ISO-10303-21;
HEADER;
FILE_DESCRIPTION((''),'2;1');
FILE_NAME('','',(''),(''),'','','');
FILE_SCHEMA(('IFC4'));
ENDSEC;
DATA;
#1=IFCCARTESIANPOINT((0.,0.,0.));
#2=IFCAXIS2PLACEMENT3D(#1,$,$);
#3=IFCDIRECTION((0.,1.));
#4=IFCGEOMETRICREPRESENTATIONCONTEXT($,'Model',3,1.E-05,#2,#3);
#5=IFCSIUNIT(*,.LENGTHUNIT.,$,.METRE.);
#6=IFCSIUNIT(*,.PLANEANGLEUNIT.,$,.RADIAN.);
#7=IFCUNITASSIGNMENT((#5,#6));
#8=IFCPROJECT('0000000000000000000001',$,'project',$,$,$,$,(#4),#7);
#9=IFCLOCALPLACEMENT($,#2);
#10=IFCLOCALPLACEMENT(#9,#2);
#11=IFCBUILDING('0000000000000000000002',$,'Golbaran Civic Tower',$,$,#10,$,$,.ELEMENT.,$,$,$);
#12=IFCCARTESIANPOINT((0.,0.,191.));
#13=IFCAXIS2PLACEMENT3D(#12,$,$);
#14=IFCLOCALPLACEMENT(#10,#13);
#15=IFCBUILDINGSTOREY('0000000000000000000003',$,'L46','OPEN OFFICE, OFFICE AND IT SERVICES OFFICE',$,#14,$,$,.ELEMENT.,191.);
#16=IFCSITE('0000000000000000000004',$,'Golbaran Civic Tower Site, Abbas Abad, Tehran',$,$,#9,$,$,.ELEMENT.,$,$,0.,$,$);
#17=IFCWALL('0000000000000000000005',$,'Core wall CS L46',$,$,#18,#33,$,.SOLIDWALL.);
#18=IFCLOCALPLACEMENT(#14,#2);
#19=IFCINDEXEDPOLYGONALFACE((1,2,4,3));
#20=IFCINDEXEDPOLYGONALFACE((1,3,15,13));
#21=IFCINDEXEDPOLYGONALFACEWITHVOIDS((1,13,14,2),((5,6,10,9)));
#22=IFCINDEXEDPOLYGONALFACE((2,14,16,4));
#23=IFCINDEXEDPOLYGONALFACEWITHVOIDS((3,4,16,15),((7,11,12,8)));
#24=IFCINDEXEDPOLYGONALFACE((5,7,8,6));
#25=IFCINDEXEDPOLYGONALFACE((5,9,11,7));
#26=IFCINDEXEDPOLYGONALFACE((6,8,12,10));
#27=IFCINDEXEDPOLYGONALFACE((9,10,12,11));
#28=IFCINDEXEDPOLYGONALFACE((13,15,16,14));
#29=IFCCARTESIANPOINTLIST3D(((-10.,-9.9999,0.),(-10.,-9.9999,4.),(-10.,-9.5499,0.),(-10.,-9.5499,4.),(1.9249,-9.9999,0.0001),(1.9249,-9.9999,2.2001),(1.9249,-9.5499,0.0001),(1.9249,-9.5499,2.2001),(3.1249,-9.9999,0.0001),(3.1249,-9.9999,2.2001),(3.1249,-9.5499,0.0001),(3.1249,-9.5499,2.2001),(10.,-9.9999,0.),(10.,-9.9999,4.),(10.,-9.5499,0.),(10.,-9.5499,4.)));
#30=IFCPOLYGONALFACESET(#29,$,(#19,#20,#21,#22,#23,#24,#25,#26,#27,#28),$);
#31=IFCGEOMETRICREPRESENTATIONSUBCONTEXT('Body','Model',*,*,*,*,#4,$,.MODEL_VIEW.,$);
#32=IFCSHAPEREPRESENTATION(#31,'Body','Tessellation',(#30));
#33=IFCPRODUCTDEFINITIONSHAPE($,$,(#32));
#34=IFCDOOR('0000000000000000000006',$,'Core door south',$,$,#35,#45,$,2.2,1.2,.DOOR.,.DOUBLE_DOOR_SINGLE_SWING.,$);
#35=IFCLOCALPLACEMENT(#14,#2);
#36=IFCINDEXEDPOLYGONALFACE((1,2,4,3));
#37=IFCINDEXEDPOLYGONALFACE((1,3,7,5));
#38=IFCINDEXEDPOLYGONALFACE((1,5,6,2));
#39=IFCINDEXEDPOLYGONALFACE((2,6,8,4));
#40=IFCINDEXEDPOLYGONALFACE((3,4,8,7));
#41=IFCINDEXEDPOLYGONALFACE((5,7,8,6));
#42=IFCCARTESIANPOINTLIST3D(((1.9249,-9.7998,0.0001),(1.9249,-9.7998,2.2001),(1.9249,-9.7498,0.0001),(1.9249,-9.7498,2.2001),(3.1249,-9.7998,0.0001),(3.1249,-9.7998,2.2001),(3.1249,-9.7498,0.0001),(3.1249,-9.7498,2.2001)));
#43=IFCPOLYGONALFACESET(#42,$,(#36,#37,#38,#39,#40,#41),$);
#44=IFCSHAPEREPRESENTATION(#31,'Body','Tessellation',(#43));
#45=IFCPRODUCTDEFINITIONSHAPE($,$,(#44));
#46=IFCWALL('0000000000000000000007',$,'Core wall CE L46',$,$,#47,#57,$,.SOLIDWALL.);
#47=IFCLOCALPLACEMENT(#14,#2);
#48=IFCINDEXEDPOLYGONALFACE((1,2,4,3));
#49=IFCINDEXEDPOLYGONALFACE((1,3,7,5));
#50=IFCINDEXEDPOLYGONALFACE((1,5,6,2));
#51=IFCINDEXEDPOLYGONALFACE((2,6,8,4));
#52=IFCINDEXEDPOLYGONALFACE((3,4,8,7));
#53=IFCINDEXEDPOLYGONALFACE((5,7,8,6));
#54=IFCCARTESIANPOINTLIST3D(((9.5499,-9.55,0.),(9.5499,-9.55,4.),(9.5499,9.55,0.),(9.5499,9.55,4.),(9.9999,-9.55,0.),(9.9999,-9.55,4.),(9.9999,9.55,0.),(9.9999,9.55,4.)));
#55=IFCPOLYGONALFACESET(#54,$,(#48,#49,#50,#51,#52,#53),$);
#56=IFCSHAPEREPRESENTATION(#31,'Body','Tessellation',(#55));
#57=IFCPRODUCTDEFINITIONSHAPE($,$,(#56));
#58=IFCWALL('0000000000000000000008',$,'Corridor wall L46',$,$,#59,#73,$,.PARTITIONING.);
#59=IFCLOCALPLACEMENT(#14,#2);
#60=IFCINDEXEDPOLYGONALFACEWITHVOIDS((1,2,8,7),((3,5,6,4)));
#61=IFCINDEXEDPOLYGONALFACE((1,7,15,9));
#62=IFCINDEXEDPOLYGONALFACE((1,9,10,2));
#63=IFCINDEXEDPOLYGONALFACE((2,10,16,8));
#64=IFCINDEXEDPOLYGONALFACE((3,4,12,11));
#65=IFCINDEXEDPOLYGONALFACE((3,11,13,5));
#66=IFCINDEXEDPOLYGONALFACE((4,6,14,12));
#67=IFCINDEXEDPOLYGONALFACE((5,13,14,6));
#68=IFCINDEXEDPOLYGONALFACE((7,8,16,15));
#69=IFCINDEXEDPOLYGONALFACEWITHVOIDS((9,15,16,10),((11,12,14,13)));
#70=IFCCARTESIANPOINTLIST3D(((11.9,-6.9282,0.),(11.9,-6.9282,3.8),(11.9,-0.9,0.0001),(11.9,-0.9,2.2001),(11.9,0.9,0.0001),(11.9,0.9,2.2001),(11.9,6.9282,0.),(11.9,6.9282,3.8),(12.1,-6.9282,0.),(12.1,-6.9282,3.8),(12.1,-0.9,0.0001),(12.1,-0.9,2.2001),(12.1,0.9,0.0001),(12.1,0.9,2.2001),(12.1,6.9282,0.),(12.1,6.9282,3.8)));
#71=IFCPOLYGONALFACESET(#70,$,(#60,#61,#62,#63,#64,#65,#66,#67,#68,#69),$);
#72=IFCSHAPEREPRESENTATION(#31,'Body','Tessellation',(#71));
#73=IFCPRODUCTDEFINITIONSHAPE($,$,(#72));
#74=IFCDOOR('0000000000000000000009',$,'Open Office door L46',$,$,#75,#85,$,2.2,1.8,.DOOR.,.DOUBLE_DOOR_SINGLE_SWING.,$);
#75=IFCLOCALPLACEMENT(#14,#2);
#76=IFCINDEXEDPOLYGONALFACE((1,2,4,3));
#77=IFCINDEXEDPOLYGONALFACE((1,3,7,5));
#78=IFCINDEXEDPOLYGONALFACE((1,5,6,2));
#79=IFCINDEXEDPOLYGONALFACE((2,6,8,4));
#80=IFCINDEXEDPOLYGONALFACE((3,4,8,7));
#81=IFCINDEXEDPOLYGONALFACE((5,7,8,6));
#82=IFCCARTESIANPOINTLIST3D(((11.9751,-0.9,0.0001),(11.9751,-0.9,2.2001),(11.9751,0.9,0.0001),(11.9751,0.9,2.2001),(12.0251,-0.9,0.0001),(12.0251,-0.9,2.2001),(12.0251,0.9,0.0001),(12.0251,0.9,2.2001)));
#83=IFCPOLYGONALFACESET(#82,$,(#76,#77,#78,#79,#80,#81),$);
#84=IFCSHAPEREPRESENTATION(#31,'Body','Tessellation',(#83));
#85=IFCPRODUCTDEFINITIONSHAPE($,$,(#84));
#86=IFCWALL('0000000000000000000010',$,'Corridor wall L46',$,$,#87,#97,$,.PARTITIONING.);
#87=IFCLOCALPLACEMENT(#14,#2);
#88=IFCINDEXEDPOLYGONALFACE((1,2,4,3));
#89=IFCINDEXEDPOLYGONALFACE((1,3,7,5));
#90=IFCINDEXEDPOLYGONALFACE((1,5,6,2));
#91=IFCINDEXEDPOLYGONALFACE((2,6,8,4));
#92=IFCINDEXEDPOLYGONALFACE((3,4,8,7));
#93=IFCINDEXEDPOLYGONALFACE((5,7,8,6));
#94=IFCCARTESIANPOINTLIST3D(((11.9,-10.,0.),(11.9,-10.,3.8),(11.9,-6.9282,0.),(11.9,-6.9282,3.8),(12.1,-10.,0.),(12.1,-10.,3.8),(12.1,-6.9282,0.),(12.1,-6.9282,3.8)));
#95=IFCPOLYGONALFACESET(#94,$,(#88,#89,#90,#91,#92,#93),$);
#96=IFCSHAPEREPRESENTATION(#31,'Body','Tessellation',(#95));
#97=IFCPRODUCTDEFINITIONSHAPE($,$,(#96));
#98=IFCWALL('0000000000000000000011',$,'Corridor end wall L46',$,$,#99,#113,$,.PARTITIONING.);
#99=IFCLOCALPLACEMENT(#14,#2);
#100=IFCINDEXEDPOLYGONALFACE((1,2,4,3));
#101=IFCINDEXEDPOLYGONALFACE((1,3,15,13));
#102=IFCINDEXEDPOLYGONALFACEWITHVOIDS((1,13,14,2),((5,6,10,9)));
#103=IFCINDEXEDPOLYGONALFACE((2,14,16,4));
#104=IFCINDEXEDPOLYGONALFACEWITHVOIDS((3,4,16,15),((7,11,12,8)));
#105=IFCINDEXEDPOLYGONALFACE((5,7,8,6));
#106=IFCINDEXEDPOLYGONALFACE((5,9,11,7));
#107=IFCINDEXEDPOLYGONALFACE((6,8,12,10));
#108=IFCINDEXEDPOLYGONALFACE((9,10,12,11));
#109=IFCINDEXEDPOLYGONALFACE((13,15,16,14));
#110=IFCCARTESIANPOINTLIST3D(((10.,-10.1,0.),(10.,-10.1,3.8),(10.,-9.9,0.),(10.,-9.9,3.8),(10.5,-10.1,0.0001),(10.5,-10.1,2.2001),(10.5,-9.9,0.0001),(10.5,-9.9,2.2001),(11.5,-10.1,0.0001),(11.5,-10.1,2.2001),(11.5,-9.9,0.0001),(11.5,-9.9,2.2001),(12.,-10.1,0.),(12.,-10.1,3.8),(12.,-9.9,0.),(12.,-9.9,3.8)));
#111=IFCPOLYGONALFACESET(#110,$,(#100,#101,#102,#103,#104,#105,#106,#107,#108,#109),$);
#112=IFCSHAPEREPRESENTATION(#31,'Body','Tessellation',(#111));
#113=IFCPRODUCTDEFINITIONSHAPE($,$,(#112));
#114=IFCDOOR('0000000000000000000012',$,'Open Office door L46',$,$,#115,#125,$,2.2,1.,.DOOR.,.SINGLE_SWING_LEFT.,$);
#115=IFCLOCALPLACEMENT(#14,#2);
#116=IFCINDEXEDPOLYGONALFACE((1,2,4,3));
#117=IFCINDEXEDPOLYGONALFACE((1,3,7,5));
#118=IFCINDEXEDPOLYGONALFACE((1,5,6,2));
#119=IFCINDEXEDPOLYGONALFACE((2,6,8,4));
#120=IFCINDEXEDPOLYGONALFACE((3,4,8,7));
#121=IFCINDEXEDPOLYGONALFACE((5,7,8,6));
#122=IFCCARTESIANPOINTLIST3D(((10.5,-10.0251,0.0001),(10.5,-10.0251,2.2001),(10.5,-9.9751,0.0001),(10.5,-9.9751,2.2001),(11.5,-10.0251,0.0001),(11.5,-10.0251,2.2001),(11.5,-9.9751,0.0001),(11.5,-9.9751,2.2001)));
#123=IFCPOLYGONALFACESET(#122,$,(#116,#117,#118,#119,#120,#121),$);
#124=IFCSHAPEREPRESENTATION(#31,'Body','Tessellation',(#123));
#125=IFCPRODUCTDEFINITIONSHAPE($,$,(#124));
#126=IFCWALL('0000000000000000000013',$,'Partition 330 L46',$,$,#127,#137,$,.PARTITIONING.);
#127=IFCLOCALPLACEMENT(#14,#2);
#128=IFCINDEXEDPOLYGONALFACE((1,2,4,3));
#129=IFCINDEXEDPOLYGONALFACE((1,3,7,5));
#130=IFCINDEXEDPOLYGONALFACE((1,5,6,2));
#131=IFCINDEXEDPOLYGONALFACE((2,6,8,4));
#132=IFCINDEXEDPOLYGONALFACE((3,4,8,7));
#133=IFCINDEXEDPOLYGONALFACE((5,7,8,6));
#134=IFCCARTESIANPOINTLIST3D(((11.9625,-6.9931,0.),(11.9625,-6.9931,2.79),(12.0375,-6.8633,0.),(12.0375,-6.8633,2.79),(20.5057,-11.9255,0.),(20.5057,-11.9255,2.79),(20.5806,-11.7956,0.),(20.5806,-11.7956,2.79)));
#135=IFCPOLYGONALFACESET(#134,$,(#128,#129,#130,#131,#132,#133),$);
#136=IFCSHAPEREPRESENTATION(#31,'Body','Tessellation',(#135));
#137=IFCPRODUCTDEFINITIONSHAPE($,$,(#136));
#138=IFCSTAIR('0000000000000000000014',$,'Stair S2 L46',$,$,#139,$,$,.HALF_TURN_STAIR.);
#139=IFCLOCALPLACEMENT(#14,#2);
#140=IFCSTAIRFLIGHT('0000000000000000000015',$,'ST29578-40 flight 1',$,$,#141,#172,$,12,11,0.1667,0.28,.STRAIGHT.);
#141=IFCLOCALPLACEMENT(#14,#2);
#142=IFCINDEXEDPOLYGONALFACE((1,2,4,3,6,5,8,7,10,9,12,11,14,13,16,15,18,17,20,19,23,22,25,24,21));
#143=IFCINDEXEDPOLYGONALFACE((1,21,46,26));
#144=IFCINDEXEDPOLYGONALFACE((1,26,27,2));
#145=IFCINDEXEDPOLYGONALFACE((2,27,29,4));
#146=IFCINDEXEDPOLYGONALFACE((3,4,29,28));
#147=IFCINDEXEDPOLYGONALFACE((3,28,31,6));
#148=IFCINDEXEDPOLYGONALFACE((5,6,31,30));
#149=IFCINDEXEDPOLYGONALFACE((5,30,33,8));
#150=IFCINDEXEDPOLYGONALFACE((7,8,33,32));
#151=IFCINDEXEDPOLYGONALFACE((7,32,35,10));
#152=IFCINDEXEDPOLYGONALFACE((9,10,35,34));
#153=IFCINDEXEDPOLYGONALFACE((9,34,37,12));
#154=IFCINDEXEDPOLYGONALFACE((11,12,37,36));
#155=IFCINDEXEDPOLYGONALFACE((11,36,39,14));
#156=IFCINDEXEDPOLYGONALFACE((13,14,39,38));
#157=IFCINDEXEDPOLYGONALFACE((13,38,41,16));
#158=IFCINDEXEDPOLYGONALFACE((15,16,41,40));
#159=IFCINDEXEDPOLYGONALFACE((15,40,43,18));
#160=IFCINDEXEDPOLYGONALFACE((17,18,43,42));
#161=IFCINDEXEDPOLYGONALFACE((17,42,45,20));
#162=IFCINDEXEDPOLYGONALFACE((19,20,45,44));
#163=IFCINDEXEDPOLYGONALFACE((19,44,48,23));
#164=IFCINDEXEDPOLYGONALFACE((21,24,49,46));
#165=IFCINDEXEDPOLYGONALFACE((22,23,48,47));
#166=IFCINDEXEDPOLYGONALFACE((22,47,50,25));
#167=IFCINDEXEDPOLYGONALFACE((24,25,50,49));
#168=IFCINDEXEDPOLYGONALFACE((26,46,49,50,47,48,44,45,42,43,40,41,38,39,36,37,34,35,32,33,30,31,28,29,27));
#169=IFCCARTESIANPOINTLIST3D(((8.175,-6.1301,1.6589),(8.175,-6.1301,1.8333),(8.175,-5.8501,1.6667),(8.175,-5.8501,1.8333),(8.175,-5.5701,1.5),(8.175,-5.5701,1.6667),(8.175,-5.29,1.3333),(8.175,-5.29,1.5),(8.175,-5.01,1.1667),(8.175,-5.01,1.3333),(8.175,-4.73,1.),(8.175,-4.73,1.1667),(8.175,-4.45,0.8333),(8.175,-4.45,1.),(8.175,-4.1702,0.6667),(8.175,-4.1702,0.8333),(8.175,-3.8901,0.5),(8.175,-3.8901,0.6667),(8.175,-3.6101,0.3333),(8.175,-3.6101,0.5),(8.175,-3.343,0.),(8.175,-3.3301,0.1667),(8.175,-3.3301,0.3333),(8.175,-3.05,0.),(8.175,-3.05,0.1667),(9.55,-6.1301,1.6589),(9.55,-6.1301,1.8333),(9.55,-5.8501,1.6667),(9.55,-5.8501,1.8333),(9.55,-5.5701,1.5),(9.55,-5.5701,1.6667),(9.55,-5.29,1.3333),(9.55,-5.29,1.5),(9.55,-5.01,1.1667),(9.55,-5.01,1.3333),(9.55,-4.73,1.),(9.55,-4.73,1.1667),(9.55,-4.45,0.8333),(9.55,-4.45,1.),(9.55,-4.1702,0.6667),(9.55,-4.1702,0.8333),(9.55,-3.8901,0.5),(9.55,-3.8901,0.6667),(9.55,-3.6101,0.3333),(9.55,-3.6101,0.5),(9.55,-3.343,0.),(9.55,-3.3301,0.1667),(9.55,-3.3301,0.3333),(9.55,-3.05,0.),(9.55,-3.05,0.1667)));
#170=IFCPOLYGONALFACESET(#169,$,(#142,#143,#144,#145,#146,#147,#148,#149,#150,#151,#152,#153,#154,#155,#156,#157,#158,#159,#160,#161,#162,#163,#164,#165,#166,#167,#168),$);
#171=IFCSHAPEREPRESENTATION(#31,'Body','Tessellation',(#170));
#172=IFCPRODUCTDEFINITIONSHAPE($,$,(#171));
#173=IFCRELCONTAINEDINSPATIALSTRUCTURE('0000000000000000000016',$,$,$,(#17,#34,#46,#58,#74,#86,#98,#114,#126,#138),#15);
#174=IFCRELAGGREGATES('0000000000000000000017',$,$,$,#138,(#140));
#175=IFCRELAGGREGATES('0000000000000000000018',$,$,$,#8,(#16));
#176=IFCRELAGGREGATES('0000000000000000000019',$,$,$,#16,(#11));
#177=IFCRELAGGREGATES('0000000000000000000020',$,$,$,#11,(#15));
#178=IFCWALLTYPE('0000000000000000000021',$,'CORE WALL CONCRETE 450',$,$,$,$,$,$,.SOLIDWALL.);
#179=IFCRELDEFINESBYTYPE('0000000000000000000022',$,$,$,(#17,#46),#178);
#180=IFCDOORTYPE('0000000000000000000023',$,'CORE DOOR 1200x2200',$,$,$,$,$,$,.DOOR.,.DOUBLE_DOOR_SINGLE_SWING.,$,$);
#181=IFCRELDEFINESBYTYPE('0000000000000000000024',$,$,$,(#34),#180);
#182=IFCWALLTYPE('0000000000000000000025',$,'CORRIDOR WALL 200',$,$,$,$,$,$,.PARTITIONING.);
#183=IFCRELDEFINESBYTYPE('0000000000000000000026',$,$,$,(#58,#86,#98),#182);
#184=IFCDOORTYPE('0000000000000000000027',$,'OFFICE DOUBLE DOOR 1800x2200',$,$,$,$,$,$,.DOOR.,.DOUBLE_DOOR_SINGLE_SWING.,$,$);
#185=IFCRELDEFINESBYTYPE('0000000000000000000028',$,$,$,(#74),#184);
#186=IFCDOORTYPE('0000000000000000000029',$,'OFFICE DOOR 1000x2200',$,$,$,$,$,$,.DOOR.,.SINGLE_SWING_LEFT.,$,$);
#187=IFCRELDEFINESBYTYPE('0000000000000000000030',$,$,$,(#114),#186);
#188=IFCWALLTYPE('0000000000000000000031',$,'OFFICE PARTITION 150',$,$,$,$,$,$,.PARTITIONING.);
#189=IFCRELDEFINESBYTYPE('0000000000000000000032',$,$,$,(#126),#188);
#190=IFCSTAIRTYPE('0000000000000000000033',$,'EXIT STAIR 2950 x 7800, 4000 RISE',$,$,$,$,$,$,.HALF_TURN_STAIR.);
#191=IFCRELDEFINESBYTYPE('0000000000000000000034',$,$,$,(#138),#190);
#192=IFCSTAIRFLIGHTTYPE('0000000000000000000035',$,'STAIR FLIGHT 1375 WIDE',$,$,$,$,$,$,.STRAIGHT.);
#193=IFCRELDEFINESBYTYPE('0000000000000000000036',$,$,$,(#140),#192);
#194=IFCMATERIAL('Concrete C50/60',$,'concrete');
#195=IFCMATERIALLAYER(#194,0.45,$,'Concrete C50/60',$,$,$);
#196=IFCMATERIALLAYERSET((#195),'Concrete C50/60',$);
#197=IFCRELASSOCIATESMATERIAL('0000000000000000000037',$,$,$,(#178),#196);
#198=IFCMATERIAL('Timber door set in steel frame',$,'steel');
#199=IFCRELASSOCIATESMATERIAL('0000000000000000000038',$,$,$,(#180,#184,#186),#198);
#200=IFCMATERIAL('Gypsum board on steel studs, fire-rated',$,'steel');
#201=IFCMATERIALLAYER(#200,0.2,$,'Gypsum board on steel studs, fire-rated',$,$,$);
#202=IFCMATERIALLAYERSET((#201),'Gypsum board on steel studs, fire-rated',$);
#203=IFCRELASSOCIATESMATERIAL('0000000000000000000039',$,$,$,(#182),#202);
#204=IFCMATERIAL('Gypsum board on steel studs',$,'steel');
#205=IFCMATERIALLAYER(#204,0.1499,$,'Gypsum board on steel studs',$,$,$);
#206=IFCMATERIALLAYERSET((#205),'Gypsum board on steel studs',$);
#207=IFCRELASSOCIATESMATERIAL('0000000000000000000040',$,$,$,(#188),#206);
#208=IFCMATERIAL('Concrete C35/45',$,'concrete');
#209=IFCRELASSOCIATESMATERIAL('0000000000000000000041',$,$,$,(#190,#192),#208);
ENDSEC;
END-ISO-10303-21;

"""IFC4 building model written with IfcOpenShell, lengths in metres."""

from ifc_helpers import new_model, si_unit, direction, frame, frame_2d, origin, place, context, subcontext, project, spatial, polyline, rectangle, outline, extrude, material, layer, layer_set, type_object, element, fill, aggregate, save


model = new_model("IFC4")

# Units and contexts
model_context = context("Model", 3, precision=1e-05, world=origin(), true_north=direction((0.0, 1.0)))
body_context = subcontext(model_context, "Body", "Model", "MODEL_VIEW")
ifc_project = project(units=[si_unit("LENGTHUNIT", "METRE"), si_unit("PLANEANGLEUNIT", "RADIAN")], contexts=[model_context])

# Site, building, storey
site_placement = place(None, origin())
site = spatial("IfcSite", under=ifc_project, at=site_placement, Name="Golbaran Civic Tower Site, Abbas Abad, Tehran", CompositionType="ELEMENT", RefElevation=0.0)
building_placement = place(site_placement, origin())
building = spatial("IfcBuilding", under=site, at=building_placement, Name="Golbaran Civic Tower", CompositionType="ELEMENT")
storey_placement = place(building_placement, frame((0.0, 0.0, 191.0)))
storey = spatial("IfcBuildingStorey", under=building, at=storey_placement, Name="L46", Description="OPEN OFFICE, OFFICE AND IT SERVICES OFFICE", CompositionType="ELEMENT", Elevation=191.0)

# Wall, opening, door
ifc_material_1 = material(Name="Concrete C50/60", Category="concrete")
ifc_layer_1 = layer(ifc_material_1, 0.45, Name="Concrete C50/60")
ifc_layer_set_1 = layer_set([ifc_layer_1], Name="Concrete C50/60")
wall_type_1 = type_object("IfcWallType", Name="CORE WALL CONCRETE 450", PredefinedType="SOLIDWALL", material=ifc_layer_set_1)
wall_1_placement = place(storey_placement, frame((10.0, -9.7749, 0.0), z_axis=(0.0, 0.0, 1.0), x_axis=(-1.0, 0.0, 0.0)))
wall_1 = element("IfcWall", 1, at=wall_1_placement, inside=storey, type_object=wall_type_1, Name="Core wall CS L46", PredefinedType="SOLIDWALL", context=body_context, shape_type="SweptSolid", body=[
    extrude(rectangle(XDim=20.0, YDim=0.45, at=frame_2d((10.0, 0.0))), origin(), (0.0, 0.0, 1.0), 4.0),
])
opening_1_placement = place(wall_1_placement, frame((6.875, 0.0, 0.0)))
opening_1 = element("IfcOpeningElement", 2, at=opening_1_placement, cuts=wall_1, PredefinedType="OPENING", context=body_context, shape_type="SweptSolid", body=[
    extrude(rectangle(XDim=1.2, YDim=2.2, at=frame_2d((0.6001, 1.1001))), frame((0.0, 0.2349, 0.0), z_axis=(0.0, -1.0, 0.0), x_axis=(1.0, 0.0, 0.0)), (0.0, 0.0, 1.0), 0.47),
])
ifc_material_2 = material(Name="Timber door set in steel frame", Category="steel")
door_type_1 = type_object("IfcDoorType", Name="CORE DOOR 1200x2200", OperationType="DOUBLE_DOOR_SINGLE_SWING", PredefinedType="DOOR", material=ifc_material_2)
door_1_placement = place(opening_1_placement, origin())
door_1 = element("IfcDoor", 3, at=door_1_placement, inside=storey, type_object=door_type_1, Name="Core door south", OperationType="DOUBLE_DOOR_SINGLE_SWING", OverallHeight=2.2, OverallWidth=1.2, PredefinedType="DOOR", context=body_context, shape_type="SweptSolid", body=[
    extrude(rectangle(XDim=1.2, YDim=2.2, at=frame_2d((0.6001, 1.1001))), frame((0.0, 0.0249, 0.0), z_axis=(0.0, -1.0, 0.0), x_axis=(1.0, 0.0, 0.0)), (0.0, 0.0, 1.0), 0.05),
])
fill(opening_1, door_1)

# Wall
wall_2_placement = place(storey_placement, frame((9.7749, -9.55, 0.0), z_axis=(0.0, 0.0, 1.0), x_axis=(0.0, 1.0, 0.0)))
element("IfcWall", 4, at=wall_2_placement, inside=storey, type_object=wall_type_1, Name="Core wall CE L46", PredefinedType="SOLIDWALL", context=body_context, shape_type="SweptSolid", body=[
    extrude(rectangle(XDim=19.1001, YDim=0.45, at=frame_2d((9.55, 0.0))), origin(), (0.0, 0.0, 1.0), 4.0),
])

# Wall, opening, door
ifc_material_3 = material(Name="Gypsum board on steel studs, fire-rated", Category="steel")
ifc_layer_2 = layer(ifc_material_3, 0.2, Name="Gypsum board on steel studs, fire-rated")
ifc_layer_set_2 = layer_set([ifc_layer_2], Name="Gypsum board on steel studs, fire-rated")
wall_type_2 = type_object("IfcWallType", Name="CORRIDOR WALL 200", PredefinedType="PARTITIONING", material=ifc_layer_set_2)
wall_3_placement = place(storey_placement, frame((12.0, -6.9282, 0.0), z_axis=(0.0, 0.0, 1.0), x_axis=(0.0, 1.0, 0.0)))
wall_3 = element("IfcWall", 5, at=wall_3_placement, inside=storey, type_object=wall_type_2, Name="Corridor wall L46", PredefinedType="PARTITIONING", context=body_context, shape_type="SweptSolid", body=[
    extrude(rectangle(XDim=13.8564, YDim=0.2, at=frame_2d((6.9282, 0.0))), origin(), (0.0, 0.0, 1.0), 3.8),
])
opening_2_placement = place(wall_3_placement, frame((6.0283, 0.0, 0.0)))
opening_2 = element("IfcOpeningElement", 6, at=opening_2_placement, cuts=wall_3, PredefinedType="OPENING", context=body_context, shape_type="SweptSolid", body=[
    extrude(rectangle(XDim=1.8, YDim=2.2, at=frame_2d((0.8999, 1.1001))), frame((0.0, 0.1099, 0.0), z_axis=(0.0, -1.0, 0.0), x_axis=(1.0, 0.0, 0.0)), (0.0, 0.0, 1.0), 0.22),
])
door_type_2 = type_object("IfcDoorType", Name="OFFICE DOUBLE DOOR 1800x2200", OperationType="DOUBLE_DOOR_SINGLE_SWING", PredefinedType="DOOR", material=ifc_material_2)
door_2_placement = place(opening_2_placement, origin())
door_2 = element("IfcDoor", 7, at=door_2_placement, inside=storey, type_object=door_type_2, Name="Open Office door L46", OperationType="DOUBLE_DOOR_SINGLE_SWING", OverallHeight=2.2, OverallWidth=1.8, PredefinedType="DOOR", context=body_context, shape_type="SweptSolid", body=[
    extrude(rectangle(XDim=1.8, YDim=2.2, at=frame_2d((0.8999, 1.1001))), frame((0.0, 0.0249, 0.0), z_axis=(0.0, -1.0, 0.0), x_axis=(1.0, 0.0, 0.0)), (0.0, 0.0, 1.0), 0.05),
])
fill(opening_2, door_2)

# Wall
wall_4_placement = place(storey_placement, frame((12.0, -10.0, 0.0), z_axis=(0.0, 0.0, 1.0), x_axis=(0.0, 1.0, 0.0)))
element("IfcWall", 8, at=wall_4_placement, inside=storey, type_object=wall_type_2, Name="Corridor wall L46", PredefinedType="PARTITIONING", context=body_context, shape_type="SweptSolid", body=[
    extrude(rectangle(XDim=3.0718, YDim=0.2, at=frame_2d((1.5359, 0.0))), origin(), (0.0, 0.0, 1.0), 3.8),
])

# Wall, opening, door
wall_5_placement = place(storey_placement, frame((10.0, -10.0, 0.0), z_axis=(0.0, 0.0, 1.0), x_axis=(1.0, 0.0, 0.0)))
wall_5 = element("IfcWall", 9, at=wall_5_placement, inside=storey, type_object=wall_type_2, Name="Corridor end wall L46", PredefinedType="PARTITIONING", context=body_context, shape_type="SweptSolid", body=[
    extrude(rectangle(XDim=2.0, YDim=0.2, at=frame_2d((1.0, 0.0))), origin(), (0.0, 0.0, 1.0), 3.8),
])
opening_3_placement = place(wall_5_placement, frame((0.5, 0.0, 0.0)))
opening_3 = element("IfcOpeningElement", 10, at=opening_3_placement, cuts=wall_5, PredefinedType="OPENING", context=body_context, shape_type="SweptSolid", body=[
    extrude(rectangle(XDim=1.0, YDim=2.2, at=frame_2d((0.5, 1.1001))), frame((0.0, 0.1099, 0.0), z_axis=(0.0, -1.0, 0.0), x_axis=(1.0, 0.0, 0.0)), (0.0, 0.0, 1.0), 0.22),
])
door_type_3 = type_object("IfcDoorType", Name="OFFICE DOOR 1000x2200", OperationType="SINGLE_SWING_LEFT", PredefinedType="DOOR", material=ifc_material_2)
door_3_placement = place(opening_3_placement, origin())
door_3 = element("IfcDoor", 11, at=door_3_placement, inside=storey, type_object=door_type_3, Name="Open Office door L46", OperationType="SINGLE_SWING_LEFT", OverallHeight=2.2, OverallWidth=1.0, PredefinedType="DOOR", context=body_context, shape_type="SweptSolid", body=[
    extrude(rectangle(XDim=1.0, YDim=2.2, at=frame_2d((0.5, 1.1001))), frame((0.0, 0.0249, 0.0), z_axis=(0.0, -1.0, 0.0), x_axis=(1.0, 0.0, 0.0)), (0.0, 0.0, 1.0), 0.05),
])
fill(opening_3, door_3)

# Wall
ifc_material_4 = material(Name="Gypsum board on steel studs", Category="steel")
ifc_layer_3 = layer(ifc_material_4, 0.1499, Name="Gypsum board on steel studs")
ifc_layer_set_3 = layer_set([ifc_layer_3], Name="Gypsum board on steel studs")
wall_type_3 = type_object("IfcWallType", Name="OFFICE PARTITION 150", PredefinedType="PARTITIONING", material=ifc_layer_set_3)
wall_6_placement = place(storey_placement, frame((12.0, -6.9282, 0.0), z_axis=(0.0, 0.0, 1.0), x_axis=(0.866028, -0.499996, 0.0)))
element("IfcWall", 12, at=wall_6_placement, inside=storey, type_object=wall_type_3, Name="Partition 330 L46", PredefinedType="PARTITIONING", context=body_context, shape_type="SweptSolid", body=[
    extrude(rectangle(XDim=9.8647, YDim=0.1499, at=frame_2d((4.9324, 0.0))), origin(), (0.0, 0.0, 1.0), 2.79),
])

# Stair, stair flight
ifc_material_5 = material(Name="Concrete C35/45", Category="concrete")
stair_type = type_object("IfcStairType", Name="EXIT STAIR 2950 x 7800, 4000 RISE", PredefinedType="HALF_TURN_STAIR", material=ifc_material_5)
stair_placement = place(storey_placement, origin())
stair = element("IfcStair", 13, at=stair_placement, inside=storey, type_object=stair_type, Name="Stair S2 L46", PredefinedType="HALF_TURN_STAIR")
stair_flight_type = type_object("IfcStairFlightType", Name="STAIR FLIGHT 1375 WIDE", PredefinedType="STRAIGHT", material=ifc_material_5)
stair_flight_placement = place(storey_placement, frame((8.8625, -3.05, 0.0), z_axis=(0.0, 0.0, 1.0), x_axis=(0.0, -1.0, 0.0)))
stair_flight = element("IfcStairFlight", 14, at=stair_flight_placement, type_object=stair_flight_type, Name="ST29578-40 flight 1", NumberOfRisers=12, NumberOfTreads=11, PredefinedType="STRAIGHT", RiserHeight=0.1667, TreadLength=0.28, context=body_context, shape_type="SweptSolid", body=[
    extrude(outline(polyline([(0.0, 0.0), (0.0, 0.1667), (0.28, 0.1667), (0.28, 0.3333), (0.5601, 0.3333), (0.5601, 0.5), (0.8401, 0.5), (0.8401, 0.6667), (1.1201, 0.6667), (1.1201, 0.8333), (1.3999, 0.8333), (1.3999, 1.0), (1.6799, 1.0), (1.6799, 1.1667), (1.96, 1.1667), (1.96, 1.3333), (2.24, 1.3333), (2.24, 1.5), (2.52, 1.5), (2.52, 1.6667), (2.8, 1.6667), (2.8, 1.8333), (3.0801, 1.8333), (3.0801, 2.0), (3.0801, 1.6589), (0.293, 0.0), (0.0, 0.0)])), frame((0.0, 0.6875, 0.0), z_axis=(0.0, -1.0, 0.0), x_axis=(1.0, 0.0, 0.0)), (0.0, 0.0, 1.0), 1.375),
])
aggregate(stair, [stair_flight])

save(model, "model.ifc")
